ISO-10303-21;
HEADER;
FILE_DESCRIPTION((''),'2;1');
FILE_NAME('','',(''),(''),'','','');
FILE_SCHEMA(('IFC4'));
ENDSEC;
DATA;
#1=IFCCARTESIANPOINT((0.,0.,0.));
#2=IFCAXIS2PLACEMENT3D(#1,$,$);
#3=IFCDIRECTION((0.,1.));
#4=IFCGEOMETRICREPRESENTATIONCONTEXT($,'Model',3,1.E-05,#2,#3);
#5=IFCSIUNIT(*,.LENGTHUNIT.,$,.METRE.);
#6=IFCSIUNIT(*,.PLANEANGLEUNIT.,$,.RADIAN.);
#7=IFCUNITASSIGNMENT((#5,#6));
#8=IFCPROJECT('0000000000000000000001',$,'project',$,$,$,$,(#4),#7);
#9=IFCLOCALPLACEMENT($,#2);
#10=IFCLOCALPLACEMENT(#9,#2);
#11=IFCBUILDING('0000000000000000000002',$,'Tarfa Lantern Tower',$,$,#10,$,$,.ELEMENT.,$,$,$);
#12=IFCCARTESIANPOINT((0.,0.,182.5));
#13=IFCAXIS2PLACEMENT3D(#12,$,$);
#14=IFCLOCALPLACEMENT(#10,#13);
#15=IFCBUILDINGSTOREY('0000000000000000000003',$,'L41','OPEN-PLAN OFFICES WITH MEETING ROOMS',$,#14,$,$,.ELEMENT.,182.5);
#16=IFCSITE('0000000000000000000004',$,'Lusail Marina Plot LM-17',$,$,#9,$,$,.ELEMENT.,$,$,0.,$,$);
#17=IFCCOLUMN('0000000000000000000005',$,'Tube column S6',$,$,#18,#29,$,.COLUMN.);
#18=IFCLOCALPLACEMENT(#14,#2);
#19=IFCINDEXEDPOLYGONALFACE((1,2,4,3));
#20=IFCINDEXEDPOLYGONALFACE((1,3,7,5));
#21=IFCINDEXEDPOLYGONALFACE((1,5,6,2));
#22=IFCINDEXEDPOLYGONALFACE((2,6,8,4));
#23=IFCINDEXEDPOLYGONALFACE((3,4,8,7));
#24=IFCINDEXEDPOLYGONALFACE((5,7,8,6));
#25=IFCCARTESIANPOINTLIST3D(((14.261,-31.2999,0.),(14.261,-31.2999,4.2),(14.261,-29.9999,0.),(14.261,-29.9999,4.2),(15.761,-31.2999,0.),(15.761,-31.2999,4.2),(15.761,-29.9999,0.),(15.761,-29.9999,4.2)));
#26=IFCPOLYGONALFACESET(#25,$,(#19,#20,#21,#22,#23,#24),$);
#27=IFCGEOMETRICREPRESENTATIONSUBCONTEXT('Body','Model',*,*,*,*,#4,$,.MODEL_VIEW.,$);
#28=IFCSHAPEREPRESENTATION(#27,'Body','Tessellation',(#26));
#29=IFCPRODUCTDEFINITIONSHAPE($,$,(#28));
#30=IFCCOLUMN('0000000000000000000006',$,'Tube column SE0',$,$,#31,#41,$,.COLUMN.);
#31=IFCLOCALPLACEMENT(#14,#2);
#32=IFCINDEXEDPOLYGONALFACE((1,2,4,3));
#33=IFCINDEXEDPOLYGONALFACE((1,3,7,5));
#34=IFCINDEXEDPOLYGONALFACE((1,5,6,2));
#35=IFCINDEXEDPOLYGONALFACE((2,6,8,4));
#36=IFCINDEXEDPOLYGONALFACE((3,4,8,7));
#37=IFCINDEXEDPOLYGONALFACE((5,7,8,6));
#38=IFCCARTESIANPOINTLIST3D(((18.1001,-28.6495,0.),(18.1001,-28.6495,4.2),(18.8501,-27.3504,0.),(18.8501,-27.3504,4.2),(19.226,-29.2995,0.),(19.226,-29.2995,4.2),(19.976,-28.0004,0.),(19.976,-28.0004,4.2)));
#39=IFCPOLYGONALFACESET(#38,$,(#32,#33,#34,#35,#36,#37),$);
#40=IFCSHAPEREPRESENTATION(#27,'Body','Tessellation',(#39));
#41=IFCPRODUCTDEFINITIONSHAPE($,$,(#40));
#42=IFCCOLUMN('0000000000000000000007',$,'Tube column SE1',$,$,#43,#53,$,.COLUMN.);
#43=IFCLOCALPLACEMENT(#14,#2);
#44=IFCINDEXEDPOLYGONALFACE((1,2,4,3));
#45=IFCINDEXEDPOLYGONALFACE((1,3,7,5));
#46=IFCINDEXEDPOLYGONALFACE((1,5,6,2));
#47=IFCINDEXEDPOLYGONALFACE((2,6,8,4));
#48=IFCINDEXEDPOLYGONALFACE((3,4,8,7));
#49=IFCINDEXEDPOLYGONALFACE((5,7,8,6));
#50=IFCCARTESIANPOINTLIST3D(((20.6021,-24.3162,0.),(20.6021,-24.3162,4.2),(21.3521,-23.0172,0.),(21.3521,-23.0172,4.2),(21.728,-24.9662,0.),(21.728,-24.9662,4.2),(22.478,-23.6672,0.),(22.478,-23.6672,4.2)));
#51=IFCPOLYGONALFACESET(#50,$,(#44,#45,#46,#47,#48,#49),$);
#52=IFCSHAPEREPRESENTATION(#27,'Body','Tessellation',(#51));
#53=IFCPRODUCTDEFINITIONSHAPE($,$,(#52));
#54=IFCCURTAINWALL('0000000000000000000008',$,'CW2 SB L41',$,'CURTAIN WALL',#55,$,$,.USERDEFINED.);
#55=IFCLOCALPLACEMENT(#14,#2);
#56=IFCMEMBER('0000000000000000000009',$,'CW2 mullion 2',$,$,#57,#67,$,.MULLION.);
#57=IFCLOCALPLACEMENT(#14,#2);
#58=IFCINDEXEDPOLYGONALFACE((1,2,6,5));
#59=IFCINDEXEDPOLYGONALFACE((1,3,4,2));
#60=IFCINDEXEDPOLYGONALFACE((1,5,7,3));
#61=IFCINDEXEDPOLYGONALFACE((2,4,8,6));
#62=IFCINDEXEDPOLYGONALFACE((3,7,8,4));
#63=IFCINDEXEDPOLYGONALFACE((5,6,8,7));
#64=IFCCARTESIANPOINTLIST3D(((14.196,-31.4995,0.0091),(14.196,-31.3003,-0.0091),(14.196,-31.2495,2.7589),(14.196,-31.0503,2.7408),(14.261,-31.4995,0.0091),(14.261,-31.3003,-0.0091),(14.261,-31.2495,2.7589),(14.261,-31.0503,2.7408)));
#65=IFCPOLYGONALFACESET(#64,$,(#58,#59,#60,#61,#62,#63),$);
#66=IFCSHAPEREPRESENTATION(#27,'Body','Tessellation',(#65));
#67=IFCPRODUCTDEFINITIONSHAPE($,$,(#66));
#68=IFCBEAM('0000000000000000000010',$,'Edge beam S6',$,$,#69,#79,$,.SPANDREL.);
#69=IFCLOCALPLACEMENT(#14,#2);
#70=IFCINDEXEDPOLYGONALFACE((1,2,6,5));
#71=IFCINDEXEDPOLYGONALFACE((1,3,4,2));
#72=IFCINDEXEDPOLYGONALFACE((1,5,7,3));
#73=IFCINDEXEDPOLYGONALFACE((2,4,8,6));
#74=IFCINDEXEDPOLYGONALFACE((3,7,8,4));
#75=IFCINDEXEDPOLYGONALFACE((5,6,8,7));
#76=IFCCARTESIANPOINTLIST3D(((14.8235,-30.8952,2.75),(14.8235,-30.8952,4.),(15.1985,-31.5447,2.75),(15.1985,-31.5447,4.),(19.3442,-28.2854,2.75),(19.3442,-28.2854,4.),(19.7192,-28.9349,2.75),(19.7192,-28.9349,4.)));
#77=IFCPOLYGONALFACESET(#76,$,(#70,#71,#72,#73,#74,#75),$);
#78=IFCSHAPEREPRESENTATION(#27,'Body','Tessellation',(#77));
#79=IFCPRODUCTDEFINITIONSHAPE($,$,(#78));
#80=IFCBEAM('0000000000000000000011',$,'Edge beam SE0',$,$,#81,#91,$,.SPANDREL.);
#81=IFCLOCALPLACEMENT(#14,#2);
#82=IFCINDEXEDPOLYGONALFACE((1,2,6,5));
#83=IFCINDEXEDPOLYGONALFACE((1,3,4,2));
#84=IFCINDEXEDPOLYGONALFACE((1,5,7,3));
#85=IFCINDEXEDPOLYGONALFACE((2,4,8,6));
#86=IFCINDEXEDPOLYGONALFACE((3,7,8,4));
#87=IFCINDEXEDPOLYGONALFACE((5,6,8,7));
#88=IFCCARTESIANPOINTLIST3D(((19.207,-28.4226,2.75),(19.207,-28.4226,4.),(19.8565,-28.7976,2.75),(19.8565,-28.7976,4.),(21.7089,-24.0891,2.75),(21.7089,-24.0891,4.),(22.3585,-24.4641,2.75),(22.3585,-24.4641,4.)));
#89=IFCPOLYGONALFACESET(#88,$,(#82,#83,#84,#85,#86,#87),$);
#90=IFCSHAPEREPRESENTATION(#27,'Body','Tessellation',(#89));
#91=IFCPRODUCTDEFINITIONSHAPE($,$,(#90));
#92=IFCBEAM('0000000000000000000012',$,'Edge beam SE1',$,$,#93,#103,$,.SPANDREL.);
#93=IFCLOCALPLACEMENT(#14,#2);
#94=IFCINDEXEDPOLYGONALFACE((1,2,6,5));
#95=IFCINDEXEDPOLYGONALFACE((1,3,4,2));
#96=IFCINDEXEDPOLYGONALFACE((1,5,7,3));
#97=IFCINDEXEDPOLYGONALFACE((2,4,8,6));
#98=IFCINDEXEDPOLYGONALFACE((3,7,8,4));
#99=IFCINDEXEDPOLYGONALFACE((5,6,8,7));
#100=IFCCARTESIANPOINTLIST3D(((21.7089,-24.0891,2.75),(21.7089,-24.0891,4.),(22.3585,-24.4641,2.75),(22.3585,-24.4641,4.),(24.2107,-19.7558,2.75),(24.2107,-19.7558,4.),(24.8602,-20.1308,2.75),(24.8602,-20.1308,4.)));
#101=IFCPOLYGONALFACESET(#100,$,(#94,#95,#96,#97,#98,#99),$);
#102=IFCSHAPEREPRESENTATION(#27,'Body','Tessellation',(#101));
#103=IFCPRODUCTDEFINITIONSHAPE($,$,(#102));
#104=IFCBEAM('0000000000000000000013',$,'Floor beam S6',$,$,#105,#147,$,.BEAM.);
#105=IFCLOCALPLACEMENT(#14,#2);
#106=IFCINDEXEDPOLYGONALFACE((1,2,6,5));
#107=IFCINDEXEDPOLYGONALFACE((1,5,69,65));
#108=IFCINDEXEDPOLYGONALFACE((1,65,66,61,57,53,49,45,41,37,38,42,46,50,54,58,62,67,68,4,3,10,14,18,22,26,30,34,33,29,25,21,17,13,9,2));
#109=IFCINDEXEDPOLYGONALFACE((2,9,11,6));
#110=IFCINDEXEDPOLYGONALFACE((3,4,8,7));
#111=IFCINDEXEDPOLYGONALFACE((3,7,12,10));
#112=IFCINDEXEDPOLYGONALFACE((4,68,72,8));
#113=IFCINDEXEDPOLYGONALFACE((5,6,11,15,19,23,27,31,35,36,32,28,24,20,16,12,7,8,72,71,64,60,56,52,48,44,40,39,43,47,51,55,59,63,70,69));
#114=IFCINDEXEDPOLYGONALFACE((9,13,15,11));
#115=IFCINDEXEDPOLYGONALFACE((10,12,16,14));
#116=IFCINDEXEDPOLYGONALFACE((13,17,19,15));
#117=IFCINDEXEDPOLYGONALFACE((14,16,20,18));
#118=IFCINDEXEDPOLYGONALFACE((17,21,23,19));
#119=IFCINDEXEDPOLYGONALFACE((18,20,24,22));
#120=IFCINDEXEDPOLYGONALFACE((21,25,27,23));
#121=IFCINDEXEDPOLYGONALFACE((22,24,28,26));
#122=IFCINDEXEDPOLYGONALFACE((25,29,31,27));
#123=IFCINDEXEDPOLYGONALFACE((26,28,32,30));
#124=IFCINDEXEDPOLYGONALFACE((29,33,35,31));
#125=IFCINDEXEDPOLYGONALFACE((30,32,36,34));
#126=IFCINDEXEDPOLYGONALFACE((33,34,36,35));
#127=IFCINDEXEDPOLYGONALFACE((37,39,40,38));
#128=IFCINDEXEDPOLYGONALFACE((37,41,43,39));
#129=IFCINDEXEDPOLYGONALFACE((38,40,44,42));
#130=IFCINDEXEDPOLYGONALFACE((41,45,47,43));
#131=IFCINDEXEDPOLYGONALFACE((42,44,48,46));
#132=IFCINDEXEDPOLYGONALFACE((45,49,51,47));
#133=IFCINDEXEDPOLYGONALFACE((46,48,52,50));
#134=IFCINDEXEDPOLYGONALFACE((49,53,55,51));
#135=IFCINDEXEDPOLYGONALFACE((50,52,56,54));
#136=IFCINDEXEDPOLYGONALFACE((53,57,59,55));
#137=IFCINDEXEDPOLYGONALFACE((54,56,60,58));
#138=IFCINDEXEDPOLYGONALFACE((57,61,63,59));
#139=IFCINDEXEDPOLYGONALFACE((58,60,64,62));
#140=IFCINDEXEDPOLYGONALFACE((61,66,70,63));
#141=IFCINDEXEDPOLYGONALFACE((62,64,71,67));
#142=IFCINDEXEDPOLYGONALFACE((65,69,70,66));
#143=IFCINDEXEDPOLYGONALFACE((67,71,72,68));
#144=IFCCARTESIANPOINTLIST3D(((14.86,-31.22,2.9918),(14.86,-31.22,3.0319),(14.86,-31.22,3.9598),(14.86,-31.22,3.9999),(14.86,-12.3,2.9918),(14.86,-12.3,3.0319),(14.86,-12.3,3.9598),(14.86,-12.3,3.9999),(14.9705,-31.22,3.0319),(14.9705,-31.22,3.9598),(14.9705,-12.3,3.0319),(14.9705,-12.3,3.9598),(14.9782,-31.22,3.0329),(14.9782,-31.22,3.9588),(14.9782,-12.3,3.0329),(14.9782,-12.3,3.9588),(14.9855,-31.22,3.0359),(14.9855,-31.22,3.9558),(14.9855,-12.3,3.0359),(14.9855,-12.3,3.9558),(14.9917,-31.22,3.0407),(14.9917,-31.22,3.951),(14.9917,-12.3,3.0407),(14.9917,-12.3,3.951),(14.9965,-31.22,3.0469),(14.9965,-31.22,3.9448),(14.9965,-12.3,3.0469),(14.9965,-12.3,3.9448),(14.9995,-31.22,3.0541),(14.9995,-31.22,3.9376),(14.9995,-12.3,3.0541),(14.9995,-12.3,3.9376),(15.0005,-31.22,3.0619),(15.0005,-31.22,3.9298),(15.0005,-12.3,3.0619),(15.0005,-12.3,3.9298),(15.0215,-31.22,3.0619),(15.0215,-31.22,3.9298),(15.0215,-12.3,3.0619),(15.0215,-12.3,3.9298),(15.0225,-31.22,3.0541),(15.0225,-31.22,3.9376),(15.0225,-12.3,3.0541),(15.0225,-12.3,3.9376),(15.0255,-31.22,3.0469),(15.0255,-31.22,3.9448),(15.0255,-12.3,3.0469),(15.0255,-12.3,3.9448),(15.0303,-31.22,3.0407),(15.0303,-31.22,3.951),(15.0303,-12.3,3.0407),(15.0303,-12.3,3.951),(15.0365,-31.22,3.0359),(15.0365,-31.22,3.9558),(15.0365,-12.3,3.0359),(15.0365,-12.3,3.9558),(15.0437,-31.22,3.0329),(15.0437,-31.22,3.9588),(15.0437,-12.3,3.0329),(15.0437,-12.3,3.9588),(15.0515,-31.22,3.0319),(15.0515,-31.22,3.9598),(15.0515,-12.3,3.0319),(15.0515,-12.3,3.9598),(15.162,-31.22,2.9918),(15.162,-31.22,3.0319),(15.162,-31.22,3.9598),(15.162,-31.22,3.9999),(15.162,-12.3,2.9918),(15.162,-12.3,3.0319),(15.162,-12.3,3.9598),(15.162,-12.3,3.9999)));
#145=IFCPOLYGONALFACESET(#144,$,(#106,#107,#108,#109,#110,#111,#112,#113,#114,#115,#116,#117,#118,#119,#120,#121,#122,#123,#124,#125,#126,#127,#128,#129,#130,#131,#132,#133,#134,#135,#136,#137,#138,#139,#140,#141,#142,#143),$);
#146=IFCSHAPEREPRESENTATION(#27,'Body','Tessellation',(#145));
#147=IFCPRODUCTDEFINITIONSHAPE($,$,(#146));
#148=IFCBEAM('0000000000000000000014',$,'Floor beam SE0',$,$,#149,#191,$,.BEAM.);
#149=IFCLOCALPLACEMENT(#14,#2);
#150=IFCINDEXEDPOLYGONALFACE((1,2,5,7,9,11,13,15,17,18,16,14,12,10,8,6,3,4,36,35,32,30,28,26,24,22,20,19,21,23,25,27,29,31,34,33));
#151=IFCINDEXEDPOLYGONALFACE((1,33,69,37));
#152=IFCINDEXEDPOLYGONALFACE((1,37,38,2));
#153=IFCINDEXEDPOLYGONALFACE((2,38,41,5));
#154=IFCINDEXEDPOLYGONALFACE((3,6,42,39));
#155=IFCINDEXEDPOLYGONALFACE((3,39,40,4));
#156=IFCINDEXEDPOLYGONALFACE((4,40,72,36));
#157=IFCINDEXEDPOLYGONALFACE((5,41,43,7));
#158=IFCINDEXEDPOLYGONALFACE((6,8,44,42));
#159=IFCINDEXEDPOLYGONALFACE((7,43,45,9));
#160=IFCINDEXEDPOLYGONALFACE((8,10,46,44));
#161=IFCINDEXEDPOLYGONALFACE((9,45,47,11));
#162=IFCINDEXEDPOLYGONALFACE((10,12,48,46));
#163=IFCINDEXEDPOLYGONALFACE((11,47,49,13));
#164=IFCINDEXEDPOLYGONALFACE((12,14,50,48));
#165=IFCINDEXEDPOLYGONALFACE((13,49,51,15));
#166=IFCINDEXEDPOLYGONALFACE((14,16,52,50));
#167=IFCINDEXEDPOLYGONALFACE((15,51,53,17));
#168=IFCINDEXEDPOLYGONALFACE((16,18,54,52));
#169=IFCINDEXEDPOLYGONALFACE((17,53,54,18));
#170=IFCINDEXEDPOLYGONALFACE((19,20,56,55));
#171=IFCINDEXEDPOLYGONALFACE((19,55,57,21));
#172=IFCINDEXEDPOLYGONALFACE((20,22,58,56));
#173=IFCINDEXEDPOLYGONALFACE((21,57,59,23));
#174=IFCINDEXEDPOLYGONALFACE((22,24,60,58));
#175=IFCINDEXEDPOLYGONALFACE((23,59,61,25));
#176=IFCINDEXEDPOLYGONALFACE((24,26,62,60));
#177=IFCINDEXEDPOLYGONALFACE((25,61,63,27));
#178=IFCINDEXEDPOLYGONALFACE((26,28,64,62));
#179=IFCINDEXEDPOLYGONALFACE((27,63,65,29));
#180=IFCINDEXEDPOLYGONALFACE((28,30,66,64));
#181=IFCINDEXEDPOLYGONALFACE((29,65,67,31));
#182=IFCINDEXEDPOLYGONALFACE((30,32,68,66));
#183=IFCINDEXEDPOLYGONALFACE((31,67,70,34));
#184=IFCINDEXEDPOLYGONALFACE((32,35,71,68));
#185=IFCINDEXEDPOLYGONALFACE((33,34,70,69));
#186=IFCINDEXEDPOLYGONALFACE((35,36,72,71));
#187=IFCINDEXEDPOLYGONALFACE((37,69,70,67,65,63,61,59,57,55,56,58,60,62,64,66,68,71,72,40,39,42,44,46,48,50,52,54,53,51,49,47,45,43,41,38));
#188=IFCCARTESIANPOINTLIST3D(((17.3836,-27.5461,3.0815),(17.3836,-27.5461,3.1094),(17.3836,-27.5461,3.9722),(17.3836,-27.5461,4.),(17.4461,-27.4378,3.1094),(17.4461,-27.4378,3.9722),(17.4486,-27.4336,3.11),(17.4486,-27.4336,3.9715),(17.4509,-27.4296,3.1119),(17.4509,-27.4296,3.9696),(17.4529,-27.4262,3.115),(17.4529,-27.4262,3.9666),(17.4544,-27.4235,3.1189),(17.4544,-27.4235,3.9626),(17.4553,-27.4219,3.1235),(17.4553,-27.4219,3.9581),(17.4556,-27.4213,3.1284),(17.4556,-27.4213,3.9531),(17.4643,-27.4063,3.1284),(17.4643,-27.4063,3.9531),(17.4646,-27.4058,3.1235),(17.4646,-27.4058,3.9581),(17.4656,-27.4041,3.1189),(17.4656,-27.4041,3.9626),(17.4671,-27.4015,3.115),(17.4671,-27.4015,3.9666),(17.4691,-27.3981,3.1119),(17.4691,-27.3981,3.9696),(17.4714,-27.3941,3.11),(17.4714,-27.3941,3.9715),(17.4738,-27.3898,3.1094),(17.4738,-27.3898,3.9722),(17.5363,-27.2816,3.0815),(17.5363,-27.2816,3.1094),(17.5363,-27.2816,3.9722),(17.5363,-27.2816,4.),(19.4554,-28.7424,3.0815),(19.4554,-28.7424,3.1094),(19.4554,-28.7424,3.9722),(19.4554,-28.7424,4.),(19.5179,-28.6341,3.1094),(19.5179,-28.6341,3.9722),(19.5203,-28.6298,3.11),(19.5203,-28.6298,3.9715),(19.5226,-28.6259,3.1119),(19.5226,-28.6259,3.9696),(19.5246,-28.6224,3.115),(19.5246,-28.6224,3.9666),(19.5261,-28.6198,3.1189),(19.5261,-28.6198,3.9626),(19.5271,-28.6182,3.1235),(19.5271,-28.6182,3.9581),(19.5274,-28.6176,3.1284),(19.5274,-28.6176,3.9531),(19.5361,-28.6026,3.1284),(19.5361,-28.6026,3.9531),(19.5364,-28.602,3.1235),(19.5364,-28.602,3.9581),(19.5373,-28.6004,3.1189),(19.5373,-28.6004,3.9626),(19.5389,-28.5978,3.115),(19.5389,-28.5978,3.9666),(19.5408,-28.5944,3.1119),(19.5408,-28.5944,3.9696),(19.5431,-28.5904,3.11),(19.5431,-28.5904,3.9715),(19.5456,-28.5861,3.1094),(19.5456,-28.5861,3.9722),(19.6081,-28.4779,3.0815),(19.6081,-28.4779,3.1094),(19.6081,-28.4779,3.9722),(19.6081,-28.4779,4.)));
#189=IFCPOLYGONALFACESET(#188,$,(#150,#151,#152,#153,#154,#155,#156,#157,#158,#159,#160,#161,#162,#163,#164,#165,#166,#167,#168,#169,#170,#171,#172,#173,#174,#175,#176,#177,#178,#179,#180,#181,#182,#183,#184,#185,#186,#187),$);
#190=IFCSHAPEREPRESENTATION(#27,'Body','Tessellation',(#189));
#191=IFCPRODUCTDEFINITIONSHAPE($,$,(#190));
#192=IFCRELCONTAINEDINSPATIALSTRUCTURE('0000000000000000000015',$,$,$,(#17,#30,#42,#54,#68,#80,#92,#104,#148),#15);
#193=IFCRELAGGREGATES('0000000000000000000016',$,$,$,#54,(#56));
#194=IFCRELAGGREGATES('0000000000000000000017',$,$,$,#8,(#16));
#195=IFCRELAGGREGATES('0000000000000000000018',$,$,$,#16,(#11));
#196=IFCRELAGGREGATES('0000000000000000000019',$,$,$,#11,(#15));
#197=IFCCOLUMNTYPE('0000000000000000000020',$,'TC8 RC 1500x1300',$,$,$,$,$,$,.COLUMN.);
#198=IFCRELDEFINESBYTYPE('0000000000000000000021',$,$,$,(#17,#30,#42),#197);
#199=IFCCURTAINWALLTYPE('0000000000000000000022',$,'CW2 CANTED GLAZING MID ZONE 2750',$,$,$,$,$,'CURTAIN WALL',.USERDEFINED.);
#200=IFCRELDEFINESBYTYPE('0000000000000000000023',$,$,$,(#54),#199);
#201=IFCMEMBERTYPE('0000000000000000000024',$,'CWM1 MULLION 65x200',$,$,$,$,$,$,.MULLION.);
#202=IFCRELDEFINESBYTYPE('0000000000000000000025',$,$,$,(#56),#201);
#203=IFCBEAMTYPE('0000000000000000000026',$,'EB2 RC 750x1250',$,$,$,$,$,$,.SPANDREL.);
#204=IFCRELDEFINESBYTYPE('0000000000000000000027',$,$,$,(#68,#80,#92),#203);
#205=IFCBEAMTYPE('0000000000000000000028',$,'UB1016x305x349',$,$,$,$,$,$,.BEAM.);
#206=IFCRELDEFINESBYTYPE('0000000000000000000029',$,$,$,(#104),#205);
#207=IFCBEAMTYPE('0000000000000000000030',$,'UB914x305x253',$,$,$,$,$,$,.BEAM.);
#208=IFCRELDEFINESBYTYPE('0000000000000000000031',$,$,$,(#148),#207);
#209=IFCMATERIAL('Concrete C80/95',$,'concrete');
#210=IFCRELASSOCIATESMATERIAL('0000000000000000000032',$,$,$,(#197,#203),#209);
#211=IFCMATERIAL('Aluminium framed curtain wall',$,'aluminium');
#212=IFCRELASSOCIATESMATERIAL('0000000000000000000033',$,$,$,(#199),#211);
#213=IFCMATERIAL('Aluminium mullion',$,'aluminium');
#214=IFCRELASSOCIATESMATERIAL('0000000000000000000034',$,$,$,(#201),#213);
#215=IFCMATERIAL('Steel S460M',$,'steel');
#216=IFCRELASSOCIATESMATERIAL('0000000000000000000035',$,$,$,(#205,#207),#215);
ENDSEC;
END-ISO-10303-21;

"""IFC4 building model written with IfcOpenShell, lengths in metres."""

from ifc_helpers import new_model, si_unit, direction, frame, origin, origin_2d, place, context, subcontext, project, spatial, rectangle, i_section, extrude, material, material_profile, profile_set, type_object, element, aggregate, save


model = new_model("IFC4")

# Units and contexts
model_context = context("Model", 3, precision=1e-05, world=origin(), true_north=direction((0.0, 1.0)))
body_context = subcontext(model_context, "Body", "Model", "MODEL_VIEW")
ifc_project = project(units=[si_unit("LENGTHUNIT", "METRE"), si_unit("PLANEANGLEUNIT", "RADIAN")], contexts=[model_context])

# Site, building, storey
site_placement = place(None, origin())
site = spatial("IfcSite", under=ifc_project, at=site_placement, Name="Lusail Marina Plot LM-17", CompositionType="ELEMENT", RefElevation=0.0)
building_placement = place(site_placement, origin())
building = spatial("IfcBuilding", under=site, at=building_placement, Name="Tarfa Lantern Tower", CompositionType="ELEMENT")
storey_placement = place(building_placement, frame((0.0, 0.0, 182.5)))
storey = spatial("IfcBuildingStorey", under=building, at=storey_placement, Name="L41", Description="OPEN-PLAN OFFICES WITH MEETING ROOMS", CompositionType="ELEMENT", Elevation=182.5)

# Columns
ifc_material_1 = material(Name="Concrete C80/95", Category="concrete")
ifc_material_profile_1 = material_profile(ifc_material_1, rectangle(XDim=1.5, YDim=1.3, at=origin_2d()), Name="RC 1500x1300")
ifc_profile_set_1 = profile_set([ifc_material_profile_1], Name="Concrete C80/95")
column_type = type_object("IfcColumnType", Name="TC8 RC 1500x1300", PredefinedType="COLUMN", material=ifc_profile_set_1)
for number, where, z_axis, x_axis, name in (
    (1, (15.011, -30.6499, 0.0), (0.0, 0.0, 1.0), (1.0, 0.0, 0.0), "Tube column S6"),
    (2, (19.0381, -28.325, 0.0), (0.0, 0.0, 1.0), (0.5, 0.866025, 0.0), "Tube column SE0"),
    (3, (21.54, -23.9917, 0.0), (0.0, 0.0, 1.0), (0.5, 0.866025, 0.0), "Tube column SE1"),
):
    element("IfcColumn", number, at=place(storey_placement, frame(where, z_axis=z_axis, x_axis=x_axis)), inside=storey, type_object=column_type, Name=name, PredefinedType="COLUMN", context=body_context, shape_type="SweptSolid", body=[
        extrude(rectangle(XDim=1.5, YDim=1.3, at=origin_2d()), origin(), (0.0, 0.0, 1.0), 4.2),
    ])

# Curtain wall, member
ifc_material_2 = material(Name="Aluminium framed curtain wall", Category="aluminium")
curtain_wall_type = type_object("IfcCurtainWallType", Name="CW2 CANTED GLAZING MID ZONE 2750", ElementType="CURTAIN WALL", PredefinedType="USERDEFINED", material=ifc_material_2)
curtain_wall_placement = place(storey_placement, origin())
curtain_wall = element("IfcCurtainWall", 4, at=curtain_wall_placement, inside=storey, type_object=curtain_wall_type, Name="CW2 SB L41", ObjectType="CURTAIN WALL", PredefinedType="USERDEFINED")
ifc_material_3 = material(Name="Aluminium mullion", Category="aluminium")
ifc_material_profile_2 = material_profile(ifc_material_3, rectangle(XDim=0.0649, YDim=0.2, at=origin_2d()), Name="AL MULLION 65x200")
ifc_profile_set_2 = profile_set([ifc_material_profile_2], Name="Aluminium mullion")
member_type = type_object("IfcMemberType", Name="CWM1 MULLION 65x200", PredefinedType="MULLION", material=ifc_profile_set_2)
member_placement = place(storey_placement, frame((14.2285, -31.3999, 0.0), z_axis=(0.0, 0.090536, 0.995893), x_axis=(-1.0, 0.0, 0.0)))
member = element("IfcMember", 5, at=member_placement, type_object=member_type, Name="CW2 mullion 2", PredefinedType="MULLION", context=body_context, shape_type="SweptSolid", body=[
    extrude(rectangle(XDim=0.0649, YDim=0.2, at=origin_2d()), origin(), (0.0, 0.0, 1.0), 2.7612),
])
aggregate(curtain_wall, [member])

# Beams
ifc_material_profile_3 = material_profile(ifc_material_1, rectangle(XDim=0.75, YDim=1.25, at=origin_2d()), Name="RC 750x1250")
ifc_profile_set_3 = profile_set([ifc_material_profile_3], Name="Concrete C80/95")
beam_type_1 = type_object("IfcBeamType", Name="EB2 RC 750x1250", PredefinedType="SPANDREL", material=ifc_profile_set_3)
beam_1_placement = place(storey_placement, frame((15.011, -31.22, 3.375), z_axis=(0.866042, 0.499972, 0.0), x_axis=(-0.499972, 0.866042, 0.0)))
element("IfcBeam", 6, at=beam_1_placement, inside=storey, type_object=beam_type_1, Name="Edge beam S6", PredefinedType="SPANDREL", context=body_context, shape_type="SweptSolid", body=[
    extrude(rectangle(XDim=0.75, YDim=1.25, at=origin_2d()), origin(), (0.0, 0.0, 1.0), 5.22),
])
beam_2_placement = place(storey_placement, frame((19.5317, -28.6101, 3.375), z_axis=(0.500001, 0.866025, 0.0), x_axis=(-0.866025, 0.500001, 0.0)))
element("IfcBeam", 7, at=beam_2_placement, inside=storey, type_object=beam_type_1, Name="Edge beam SE0", PredefinedType="SPANDREL", context=body_context, shape_type="SweptSolid", body=[
    extrude(rectangle(XDim=0.75, YDim=1.25, at=origin_2d()), origin(), (0.0, 0.0, 1.0), 5.0039),
])
beam_3_placement = place(storey_placement, frame((22.0337, -24.2766, 3.375), z_axis=(0.499986, 0.866034, 0.0), x_axis=(-0.866034, 0.499986, 0.0)))
element("IfcBeam", 8, at=beam_3_placement, inside=storey, type_object=beam_type_1, Name="Edge beam SE1", PredefinedType="SPANDREL", context=body_context, shape_type="SweptSolid", body=[
    extrude(rectangle(XDim=0.75, YDim=1.25, at=origin_2d()), origin(), (0.0, 0.0, 1.0), 5.0037),
])
ifc_material_4 = material(Name="Steel S460M", Category="steel")
ifc_material_profile_4 = material_profile(ifc_material_4, i_section(OverallWidth=0.302, OverallDepth=1.0081, WebThickness=0.021, FlangeThickness=0.04, FilletRadius=0.03, at=origin_2d()), Name="UB1016x305x349")
ifc_profile_set_4 = profile_set([ifc_material_profile_4], Name="Steel S460M")
beam_type_2 = type_object("IfcBeamType", Name="UB1016x305x349", PredefinedType="BEAM", material=ifc_profile_set_4)
beam_4_placement = place(storey_placement, frame((15.011, -31.22, 3.4958), z_axis=(0.0, 1.0, 0.0), x_axis=(-1.0, 0.0, 0.0)))
element("IfcBeam", 9, at=beam_4_placement, inside=storey, type_object=beam_type_2, Name="Floor beam S6", PredefinedType="BEAM", context=body_context, shape_type="SweptSolid", body=[
    extrude(i_section(OverallWidth=0.302, OverallDepth=1.0081, WebThickness=0.021, FlangeThickness=0.04, FilletRadius=0.03, at=origin_2d()), origin(), (0.0, 0.0, 1.0), 18.9199),
])
ifc_material_profile_5 = material_profile(ifc_material_4, i_section(OverallWidth=0.3054, OverallDepth=0.9185, WebThickness=0.0173, FlangeThickness=0.0278, FilletRadius=0.019, at=origin_2d()), Name="UB914x305x253")
ifc_profile_set_5 = profile_set([ifc_material_profile_5], Name="Steel S460M")
beam_type_3 = type_object("IfcBeamType", Name="UB914x305x253", PredefinedType="BEAM", material=ifc_profile_set_5)
beam_5_placement = place(storey_placement, frame((19.5317, -28.6101, 3.5408), z_axis=(-0.865999, 0.500046, 0.0), x_axis=(-0.500046, -0.865999, 0.0)))
element("IfcBeam", 10, at=beam_5_placement, inside=storey, type_object=beam_type_3, Name="Floor beam SE0", PredefinedType="BEAM", context=body_context, shape_type="SweptSolid", body=[
    extrude(i_section(OverallWidth=0.3054, OverallDepth=0.9185, WebThickness=0.0173, FlangeThickness=0.0278, FilletRadius=0.019, at=origin_2d()), origin(), (0.0, 0.0, 1.0), 2.3923),
])

save(model, "model.ifc")
